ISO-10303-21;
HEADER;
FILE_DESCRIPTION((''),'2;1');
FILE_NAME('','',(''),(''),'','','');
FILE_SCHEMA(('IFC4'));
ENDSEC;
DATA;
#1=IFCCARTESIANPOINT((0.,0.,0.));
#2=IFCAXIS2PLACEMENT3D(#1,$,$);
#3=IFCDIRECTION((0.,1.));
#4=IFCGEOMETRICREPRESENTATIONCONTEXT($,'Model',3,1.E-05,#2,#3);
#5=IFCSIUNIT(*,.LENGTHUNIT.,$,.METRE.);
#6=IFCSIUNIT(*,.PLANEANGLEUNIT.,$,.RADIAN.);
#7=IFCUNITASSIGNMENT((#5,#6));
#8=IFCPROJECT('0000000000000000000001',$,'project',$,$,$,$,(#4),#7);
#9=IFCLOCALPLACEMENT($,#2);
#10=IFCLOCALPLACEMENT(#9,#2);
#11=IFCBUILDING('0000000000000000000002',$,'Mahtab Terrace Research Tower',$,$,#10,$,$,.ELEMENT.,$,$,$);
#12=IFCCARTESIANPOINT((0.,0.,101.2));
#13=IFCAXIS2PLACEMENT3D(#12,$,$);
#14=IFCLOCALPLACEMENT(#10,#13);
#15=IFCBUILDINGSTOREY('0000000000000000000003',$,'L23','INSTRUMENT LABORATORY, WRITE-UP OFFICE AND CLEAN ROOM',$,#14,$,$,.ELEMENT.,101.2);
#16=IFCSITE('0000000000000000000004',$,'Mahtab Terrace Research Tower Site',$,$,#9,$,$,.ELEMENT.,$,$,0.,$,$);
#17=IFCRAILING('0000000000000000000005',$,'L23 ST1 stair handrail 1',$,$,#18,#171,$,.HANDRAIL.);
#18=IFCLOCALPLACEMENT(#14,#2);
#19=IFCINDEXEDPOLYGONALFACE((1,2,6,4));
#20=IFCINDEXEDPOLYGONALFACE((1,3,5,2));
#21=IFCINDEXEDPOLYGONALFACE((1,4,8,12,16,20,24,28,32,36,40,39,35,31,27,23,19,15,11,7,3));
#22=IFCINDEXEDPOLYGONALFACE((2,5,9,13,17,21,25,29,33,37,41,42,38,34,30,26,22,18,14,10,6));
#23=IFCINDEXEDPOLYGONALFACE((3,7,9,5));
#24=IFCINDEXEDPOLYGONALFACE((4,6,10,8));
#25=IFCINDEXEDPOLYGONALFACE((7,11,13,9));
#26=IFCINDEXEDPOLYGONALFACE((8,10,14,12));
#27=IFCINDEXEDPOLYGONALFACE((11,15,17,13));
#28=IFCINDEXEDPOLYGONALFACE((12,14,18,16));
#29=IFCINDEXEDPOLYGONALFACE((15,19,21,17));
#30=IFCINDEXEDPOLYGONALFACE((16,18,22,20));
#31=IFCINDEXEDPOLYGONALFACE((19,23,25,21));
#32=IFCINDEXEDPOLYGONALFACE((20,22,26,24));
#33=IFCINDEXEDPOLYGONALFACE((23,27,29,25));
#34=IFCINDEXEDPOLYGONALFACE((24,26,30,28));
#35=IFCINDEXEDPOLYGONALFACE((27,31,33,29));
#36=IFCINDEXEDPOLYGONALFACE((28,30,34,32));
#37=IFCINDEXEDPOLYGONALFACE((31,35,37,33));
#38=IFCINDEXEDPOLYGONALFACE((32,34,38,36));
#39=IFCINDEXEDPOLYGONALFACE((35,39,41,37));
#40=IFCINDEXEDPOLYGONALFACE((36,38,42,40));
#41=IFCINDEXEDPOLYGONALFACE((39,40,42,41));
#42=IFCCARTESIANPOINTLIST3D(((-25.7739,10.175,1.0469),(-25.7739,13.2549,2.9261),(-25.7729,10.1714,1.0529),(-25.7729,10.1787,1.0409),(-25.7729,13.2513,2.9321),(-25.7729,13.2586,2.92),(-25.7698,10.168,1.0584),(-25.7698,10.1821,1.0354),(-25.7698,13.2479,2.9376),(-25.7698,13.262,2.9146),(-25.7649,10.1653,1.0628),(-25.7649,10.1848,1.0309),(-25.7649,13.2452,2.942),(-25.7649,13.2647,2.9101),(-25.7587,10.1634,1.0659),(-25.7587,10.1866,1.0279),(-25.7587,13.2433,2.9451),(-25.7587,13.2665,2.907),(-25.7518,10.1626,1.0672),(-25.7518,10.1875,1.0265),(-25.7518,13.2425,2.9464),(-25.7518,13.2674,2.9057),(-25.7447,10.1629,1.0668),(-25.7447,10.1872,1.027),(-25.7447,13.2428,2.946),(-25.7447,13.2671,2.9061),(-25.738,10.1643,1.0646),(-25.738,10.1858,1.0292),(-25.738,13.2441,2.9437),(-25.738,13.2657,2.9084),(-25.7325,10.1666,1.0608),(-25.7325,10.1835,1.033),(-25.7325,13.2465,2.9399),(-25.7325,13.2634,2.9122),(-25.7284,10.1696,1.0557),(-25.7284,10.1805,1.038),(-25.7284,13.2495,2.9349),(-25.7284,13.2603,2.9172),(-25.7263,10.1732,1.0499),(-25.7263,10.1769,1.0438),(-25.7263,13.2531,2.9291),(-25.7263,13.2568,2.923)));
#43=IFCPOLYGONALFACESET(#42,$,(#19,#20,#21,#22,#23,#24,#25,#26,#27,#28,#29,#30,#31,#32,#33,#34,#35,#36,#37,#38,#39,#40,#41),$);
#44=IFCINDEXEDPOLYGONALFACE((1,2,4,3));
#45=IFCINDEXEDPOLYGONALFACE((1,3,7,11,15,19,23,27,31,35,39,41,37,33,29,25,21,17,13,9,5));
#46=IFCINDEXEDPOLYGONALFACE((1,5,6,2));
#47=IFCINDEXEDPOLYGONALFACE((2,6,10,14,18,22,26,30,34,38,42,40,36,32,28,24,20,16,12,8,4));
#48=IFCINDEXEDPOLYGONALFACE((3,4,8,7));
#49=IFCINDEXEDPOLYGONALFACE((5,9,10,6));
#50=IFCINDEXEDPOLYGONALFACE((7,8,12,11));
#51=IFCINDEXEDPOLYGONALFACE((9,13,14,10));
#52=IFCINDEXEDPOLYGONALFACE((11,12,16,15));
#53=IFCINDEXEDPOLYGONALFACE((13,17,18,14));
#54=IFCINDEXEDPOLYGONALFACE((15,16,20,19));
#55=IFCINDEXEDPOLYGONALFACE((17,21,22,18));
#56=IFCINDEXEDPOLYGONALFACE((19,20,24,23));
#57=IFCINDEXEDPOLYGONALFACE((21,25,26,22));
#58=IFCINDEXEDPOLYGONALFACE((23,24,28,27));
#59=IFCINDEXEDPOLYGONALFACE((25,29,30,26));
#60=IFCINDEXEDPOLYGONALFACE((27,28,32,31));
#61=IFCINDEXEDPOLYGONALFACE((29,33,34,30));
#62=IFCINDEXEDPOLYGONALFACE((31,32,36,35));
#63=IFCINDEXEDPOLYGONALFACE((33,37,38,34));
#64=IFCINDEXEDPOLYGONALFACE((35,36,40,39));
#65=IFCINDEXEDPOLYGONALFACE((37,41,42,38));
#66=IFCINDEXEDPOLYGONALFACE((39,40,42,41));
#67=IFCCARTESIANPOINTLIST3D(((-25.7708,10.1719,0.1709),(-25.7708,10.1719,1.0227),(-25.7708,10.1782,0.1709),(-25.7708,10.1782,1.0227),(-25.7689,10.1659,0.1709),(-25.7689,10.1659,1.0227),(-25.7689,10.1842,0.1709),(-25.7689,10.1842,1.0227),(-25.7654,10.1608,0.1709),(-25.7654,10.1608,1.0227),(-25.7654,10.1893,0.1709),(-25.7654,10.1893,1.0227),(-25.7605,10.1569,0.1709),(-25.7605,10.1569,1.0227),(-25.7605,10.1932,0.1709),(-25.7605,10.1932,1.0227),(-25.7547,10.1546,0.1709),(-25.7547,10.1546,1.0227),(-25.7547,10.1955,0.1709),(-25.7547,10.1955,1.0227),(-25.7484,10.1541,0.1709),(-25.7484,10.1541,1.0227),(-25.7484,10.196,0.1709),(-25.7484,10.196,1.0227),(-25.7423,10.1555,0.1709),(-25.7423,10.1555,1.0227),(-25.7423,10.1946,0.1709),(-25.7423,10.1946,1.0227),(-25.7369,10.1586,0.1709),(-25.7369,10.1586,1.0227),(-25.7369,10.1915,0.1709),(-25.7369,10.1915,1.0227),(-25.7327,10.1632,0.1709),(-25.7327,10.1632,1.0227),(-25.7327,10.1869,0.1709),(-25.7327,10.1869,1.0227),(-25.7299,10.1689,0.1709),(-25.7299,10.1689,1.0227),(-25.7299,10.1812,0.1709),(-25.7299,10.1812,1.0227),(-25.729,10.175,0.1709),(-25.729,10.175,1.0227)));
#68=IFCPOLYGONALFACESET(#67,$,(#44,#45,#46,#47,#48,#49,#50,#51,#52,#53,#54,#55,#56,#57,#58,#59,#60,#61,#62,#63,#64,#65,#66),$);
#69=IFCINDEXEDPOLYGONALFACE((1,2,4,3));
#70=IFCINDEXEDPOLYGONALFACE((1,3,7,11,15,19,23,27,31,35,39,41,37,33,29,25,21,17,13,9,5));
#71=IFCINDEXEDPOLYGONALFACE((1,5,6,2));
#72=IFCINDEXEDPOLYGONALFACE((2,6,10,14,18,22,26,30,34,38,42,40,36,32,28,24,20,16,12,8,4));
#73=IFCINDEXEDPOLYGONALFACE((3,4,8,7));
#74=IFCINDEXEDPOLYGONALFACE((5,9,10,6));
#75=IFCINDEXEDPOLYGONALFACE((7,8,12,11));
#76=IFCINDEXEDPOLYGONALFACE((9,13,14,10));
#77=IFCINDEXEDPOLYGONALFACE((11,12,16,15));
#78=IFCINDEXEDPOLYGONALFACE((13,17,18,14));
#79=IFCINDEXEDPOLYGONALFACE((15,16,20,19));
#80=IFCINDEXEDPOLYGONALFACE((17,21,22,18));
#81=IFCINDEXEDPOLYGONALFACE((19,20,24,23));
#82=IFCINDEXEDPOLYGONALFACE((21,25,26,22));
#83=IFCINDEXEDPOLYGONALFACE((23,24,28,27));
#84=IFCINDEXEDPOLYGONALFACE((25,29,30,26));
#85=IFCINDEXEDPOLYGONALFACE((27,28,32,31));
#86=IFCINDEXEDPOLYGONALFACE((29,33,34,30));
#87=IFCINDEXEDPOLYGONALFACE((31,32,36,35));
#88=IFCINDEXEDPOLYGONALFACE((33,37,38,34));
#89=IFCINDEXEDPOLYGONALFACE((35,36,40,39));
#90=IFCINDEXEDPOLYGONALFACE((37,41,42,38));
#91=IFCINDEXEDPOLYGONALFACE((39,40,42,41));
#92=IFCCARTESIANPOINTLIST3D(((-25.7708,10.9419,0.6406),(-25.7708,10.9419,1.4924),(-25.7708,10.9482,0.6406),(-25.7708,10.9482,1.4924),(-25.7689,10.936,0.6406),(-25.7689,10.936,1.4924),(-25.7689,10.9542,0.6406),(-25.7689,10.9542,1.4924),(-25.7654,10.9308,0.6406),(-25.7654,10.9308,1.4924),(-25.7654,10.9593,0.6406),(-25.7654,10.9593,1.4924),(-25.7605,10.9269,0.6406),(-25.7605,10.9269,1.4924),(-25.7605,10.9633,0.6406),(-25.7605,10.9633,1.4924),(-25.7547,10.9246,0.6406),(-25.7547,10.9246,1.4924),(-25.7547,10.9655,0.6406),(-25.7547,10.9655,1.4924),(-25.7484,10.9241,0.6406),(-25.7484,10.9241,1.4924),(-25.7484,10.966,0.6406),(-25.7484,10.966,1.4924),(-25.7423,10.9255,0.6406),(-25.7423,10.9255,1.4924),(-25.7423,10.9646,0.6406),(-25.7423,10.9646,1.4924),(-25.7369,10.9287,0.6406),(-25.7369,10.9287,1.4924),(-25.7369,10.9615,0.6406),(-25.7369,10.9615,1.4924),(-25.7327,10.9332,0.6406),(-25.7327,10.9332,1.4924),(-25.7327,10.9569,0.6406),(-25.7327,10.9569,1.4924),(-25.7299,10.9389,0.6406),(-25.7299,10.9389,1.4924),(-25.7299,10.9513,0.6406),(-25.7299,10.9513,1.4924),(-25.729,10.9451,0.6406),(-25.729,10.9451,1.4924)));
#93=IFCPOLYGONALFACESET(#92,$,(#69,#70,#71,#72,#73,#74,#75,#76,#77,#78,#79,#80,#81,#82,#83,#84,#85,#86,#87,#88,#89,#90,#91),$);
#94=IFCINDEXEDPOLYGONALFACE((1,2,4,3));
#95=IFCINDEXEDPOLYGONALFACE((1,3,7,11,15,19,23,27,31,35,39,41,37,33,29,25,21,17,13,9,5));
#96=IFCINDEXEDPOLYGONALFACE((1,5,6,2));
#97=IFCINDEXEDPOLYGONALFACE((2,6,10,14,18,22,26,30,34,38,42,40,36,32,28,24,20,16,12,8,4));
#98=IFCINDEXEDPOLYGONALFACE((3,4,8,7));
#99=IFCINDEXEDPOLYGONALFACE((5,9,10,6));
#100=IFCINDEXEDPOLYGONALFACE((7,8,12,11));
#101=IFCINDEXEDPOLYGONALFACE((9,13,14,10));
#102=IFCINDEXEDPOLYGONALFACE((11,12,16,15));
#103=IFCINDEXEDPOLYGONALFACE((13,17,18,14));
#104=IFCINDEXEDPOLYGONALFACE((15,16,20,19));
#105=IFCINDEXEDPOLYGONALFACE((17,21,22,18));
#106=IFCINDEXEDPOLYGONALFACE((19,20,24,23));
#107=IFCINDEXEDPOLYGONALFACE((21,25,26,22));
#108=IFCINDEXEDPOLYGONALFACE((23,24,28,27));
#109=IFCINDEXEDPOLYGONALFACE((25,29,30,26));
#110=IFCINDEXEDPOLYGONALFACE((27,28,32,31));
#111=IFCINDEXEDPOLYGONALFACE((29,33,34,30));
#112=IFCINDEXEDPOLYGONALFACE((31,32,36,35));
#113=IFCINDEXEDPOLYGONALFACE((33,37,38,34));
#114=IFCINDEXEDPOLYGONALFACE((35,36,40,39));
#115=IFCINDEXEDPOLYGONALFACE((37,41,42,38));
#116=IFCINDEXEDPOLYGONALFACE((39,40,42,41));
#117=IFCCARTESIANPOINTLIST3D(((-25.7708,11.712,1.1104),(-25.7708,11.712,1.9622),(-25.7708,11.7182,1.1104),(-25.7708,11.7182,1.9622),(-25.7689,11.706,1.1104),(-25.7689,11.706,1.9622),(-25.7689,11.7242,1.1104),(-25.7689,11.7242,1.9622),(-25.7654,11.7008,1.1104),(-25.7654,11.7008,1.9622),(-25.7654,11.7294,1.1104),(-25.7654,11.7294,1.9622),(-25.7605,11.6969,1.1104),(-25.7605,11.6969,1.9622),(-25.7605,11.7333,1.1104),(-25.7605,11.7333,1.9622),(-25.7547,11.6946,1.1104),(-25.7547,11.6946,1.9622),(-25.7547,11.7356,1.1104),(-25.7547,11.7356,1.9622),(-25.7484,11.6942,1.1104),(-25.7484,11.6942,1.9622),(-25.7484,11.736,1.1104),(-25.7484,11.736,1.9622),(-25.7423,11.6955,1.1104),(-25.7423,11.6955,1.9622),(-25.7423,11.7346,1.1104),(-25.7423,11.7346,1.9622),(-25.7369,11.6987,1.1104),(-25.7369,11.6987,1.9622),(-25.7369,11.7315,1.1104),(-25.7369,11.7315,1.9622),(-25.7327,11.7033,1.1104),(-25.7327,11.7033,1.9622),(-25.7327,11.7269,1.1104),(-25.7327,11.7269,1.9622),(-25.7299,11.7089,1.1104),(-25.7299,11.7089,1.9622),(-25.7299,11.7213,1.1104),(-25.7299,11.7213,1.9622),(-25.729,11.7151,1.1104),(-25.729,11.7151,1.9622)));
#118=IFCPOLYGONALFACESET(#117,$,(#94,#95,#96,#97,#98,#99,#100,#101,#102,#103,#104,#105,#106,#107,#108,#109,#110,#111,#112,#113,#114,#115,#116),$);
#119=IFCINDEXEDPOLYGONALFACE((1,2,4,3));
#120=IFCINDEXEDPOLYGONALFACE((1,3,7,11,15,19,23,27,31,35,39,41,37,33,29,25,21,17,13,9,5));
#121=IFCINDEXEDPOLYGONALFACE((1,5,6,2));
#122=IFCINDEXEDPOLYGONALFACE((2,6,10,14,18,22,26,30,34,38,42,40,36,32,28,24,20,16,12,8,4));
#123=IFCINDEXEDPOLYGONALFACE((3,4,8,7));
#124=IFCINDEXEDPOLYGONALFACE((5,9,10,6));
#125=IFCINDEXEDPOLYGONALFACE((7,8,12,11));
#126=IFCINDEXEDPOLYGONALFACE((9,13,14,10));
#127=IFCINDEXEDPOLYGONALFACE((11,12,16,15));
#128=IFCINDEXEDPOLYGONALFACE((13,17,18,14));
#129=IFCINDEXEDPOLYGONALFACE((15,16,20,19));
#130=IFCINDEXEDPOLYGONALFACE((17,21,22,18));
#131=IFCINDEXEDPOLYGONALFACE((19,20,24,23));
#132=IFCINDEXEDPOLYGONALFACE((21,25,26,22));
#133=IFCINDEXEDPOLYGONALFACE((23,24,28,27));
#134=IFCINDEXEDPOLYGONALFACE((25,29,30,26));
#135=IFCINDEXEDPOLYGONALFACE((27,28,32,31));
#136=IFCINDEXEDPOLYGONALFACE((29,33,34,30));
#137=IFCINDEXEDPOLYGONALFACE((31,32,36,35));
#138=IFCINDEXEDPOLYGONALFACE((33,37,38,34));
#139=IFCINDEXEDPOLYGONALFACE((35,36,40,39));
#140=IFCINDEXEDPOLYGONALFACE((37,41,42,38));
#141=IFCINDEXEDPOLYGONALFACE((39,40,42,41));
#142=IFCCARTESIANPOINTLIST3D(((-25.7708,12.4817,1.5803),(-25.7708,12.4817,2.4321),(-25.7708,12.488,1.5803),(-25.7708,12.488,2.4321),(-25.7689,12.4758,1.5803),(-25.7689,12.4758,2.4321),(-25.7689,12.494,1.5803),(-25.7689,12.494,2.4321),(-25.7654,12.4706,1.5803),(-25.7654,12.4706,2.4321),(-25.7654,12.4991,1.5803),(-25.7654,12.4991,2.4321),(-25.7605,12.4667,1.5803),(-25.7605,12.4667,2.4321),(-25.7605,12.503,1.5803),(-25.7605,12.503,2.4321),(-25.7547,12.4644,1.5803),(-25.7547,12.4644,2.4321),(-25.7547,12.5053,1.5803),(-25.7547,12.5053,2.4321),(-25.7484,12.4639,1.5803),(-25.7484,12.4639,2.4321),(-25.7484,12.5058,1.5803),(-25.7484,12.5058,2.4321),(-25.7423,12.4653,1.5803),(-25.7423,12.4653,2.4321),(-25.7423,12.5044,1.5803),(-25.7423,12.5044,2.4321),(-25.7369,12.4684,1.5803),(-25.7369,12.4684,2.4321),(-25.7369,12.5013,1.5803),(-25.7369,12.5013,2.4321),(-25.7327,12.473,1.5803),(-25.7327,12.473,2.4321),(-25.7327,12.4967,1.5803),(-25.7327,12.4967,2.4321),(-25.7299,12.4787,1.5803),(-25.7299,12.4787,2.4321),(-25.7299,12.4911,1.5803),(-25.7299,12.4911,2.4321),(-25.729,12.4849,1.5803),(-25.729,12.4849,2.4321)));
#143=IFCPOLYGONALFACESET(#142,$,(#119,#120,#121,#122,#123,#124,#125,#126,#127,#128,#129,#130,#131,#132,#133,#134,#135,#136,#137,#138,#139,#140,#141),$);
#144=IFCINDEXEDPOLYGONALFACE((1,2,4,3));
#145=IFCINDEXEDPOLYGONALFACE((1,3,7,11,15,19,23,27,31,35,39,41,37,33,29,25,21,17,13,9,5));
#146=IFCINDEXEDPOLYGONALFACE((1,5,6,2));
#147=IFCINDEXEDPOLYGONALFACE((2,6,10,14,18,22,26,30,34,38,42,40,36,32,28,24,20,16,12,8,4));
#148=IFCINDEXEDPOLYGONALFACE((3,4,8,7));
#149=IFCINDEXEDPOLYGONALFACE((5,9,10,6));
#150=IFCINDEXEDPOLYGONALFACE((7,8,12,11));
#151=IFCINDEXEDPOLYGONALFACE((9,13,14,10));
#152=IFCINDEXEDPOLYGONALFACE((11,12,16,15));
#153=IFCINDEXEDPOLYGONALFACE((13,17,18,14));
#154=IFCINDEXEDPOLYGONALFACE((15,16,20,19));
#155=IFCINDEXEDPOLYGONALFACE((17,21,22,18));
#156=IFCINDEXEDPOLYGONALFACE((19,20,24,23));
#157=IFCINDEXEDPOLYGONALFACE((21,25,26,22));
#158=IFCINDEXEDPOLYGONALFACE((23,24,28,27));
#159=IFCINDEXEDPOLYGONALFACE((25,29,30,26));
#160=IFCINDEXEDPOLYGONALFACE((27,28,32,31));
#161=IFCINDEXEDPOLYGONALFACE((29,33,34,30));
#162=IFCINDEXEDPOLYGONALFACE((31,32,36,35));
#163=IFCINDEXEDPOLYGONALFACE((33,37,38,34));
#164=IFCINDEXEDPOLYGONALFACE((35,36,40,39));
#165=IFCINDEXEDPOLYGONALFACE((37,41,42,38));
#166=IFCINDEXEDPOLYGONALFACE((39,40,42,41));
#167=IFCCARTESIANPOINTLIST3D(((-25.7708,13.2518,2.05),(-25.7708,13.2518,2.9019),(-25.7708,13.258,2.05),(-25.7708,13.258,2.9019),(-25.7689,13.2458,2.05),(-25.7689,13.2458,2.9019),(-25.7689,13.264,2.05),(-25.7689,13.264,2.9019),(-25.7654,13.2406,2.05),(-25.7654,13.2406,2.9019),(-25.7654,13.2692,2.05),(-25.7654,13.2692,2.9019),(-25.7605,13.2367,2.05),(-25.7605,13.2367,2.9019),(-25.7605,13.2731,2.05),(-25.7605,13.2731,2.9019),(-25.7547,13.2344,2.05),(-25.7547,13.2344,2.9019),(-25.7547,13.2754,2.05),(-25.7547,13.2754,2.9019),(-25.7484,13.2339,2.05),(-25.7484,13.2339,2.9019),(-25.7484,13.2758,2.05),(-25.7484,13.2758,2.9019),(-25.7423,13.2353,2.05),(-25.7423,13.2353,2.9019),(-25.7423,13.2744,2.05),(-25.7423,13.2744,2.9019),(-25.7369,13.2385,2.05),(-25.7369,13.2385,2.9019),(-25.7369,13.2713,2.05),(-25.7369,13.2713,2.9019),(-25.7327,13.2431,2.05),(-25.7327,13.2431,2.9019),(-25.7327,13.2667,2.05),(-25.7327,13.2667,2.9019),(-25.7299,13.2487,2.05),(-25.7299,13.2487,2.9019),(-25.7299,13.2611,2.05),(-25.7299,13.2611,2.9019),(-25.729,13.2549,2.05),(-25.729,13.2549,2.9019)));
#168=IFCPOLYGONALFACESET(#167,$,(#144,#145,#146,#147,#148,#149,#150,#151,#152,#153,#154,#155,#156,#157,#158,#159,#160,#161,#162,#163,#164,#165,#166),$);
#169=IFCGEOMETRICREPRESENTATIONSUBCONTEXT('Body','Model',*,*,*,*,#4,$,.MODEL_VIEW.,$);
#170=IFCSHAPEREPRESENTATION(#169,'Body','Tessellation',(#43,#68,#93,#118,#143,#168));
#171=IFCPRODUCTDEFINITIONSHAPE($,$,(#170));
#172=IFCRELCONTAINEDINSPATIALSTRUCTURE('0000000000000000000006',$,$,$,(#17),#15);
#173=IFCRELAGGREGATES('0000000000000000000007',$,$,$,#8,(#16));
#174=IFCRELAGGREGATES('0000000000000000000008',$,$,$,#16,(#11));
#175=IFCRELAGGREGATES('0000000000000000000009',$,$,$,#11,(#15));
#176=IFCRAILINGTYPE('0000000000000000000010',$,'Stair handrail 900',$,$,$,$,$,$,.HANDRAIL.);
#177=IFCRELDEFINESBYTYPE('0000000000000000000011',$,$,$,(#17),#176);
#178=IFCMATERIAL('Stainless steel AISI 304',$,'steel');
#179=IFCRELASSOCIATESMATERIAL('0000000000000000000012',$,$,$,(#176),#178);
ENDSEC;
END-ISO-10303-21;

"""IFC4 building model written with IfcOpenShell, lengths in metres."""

from ifc_helpers import new_model, si_unit, direction, frame, origin, origin_2d, place, context, subcontext, project, spatial, circle, extrude, material, type_object, element, save


model = new_model("IFC4")

# Units and contexts
model_context = context("Model", 3, precision=1e-05, world=origin(), true_north=direction((0.0, 1.0)))
body_context = subcontext(model_context, "Body", "Model", "MODEL_VIEW")
ifc_project = project(units=[si_unit("LENGTHUNIT", "METRE"), si_unit("PLANEANGLEUNIT", "RADIAN")], contexts=[model_context])

# Site, building, storey
site_placement = place(None, origin())
site = spatial("IfcSite", under=ifc_project, at=site_placement, Name="Mahtab Terrace Research Tower Site", CompositionType="ELEMENT", RefElevation=0.0)
building_placement = place(site_placement, origin())
building = spatial("IfcBuilding", under=site, at=building_placement, Name="Mahtab Terrace Research Tower", CompositionType="ELEMENT")
storey_placement = place(building_placement, frame((0.0, 0.0, 101.2)))
storey = spatial("IfcBuildingStorey", under=building, at=storey_placement, Name="L23", Description="INSTRUMENT LABORATORY, WRITE-UP OFFICE AND CLEAN ROOM", CompositionType="ELEMENT", Elevation=101.2)

# Shared definitions
ifc_material_1 = material(Name="Stainless steel AISI 304", Category="steel")

# Railing
railing_type_1 = type_object("IfcRailingType", Name="Stair handrail 900", PredefinedType="HANDRAIL", material=ifc_material_1)
railing_1_placement = place(storey_placement, frame((-25.75, 10.175, 0.1709)))
element("IfcRailing", 1, at=railing_1_placement, inside=storey, type_object=railing_type_1, Name="L23 ST1 stair handrail 1", PredefinedType="HANDRAIL", context=body_context, shape_type="SweptSolid", body=[
    extrude(circle(Radius=0.0239, at=origin_2d()), frame((0.0, 0.0, 0.876), z_axis=(0.0, 0.853648, 0.52085), x_axis=(-1.0, 0.0, 0.0)), (0.0, 0.0, 1.0), 3.6079),
    extrude(circle(Radius=0.021, at=origin_2d()), origin(), (0.0, 0.0, 1.0), 0.8518),
    extrude(circle(Radius=0.021, at=origin_2d()), frame((0.0, 0.77, 0.4697)), (0.0, 0.0, 1.0), 0.8518),
    extrude(circle(Radius=0.021, at=origin_2d()), frame((0.0, 1.54, 0.9395)), (0.0, 0.0, 1.0), 0.8518),
    extrude(circle(Radius=0.021, at=origin_2d()), frame((0.0, 2.3098, 1.4094)), (0.0, 0.0, 1.0), 0.8518),
    extrude(circle(Radius=0.021, at=origin_2d()), frame((0.0, 3.0798, 1.8792)), (0.0, 0.0, 1.0), 0.8518),
])

save(model, "model.ifc")
